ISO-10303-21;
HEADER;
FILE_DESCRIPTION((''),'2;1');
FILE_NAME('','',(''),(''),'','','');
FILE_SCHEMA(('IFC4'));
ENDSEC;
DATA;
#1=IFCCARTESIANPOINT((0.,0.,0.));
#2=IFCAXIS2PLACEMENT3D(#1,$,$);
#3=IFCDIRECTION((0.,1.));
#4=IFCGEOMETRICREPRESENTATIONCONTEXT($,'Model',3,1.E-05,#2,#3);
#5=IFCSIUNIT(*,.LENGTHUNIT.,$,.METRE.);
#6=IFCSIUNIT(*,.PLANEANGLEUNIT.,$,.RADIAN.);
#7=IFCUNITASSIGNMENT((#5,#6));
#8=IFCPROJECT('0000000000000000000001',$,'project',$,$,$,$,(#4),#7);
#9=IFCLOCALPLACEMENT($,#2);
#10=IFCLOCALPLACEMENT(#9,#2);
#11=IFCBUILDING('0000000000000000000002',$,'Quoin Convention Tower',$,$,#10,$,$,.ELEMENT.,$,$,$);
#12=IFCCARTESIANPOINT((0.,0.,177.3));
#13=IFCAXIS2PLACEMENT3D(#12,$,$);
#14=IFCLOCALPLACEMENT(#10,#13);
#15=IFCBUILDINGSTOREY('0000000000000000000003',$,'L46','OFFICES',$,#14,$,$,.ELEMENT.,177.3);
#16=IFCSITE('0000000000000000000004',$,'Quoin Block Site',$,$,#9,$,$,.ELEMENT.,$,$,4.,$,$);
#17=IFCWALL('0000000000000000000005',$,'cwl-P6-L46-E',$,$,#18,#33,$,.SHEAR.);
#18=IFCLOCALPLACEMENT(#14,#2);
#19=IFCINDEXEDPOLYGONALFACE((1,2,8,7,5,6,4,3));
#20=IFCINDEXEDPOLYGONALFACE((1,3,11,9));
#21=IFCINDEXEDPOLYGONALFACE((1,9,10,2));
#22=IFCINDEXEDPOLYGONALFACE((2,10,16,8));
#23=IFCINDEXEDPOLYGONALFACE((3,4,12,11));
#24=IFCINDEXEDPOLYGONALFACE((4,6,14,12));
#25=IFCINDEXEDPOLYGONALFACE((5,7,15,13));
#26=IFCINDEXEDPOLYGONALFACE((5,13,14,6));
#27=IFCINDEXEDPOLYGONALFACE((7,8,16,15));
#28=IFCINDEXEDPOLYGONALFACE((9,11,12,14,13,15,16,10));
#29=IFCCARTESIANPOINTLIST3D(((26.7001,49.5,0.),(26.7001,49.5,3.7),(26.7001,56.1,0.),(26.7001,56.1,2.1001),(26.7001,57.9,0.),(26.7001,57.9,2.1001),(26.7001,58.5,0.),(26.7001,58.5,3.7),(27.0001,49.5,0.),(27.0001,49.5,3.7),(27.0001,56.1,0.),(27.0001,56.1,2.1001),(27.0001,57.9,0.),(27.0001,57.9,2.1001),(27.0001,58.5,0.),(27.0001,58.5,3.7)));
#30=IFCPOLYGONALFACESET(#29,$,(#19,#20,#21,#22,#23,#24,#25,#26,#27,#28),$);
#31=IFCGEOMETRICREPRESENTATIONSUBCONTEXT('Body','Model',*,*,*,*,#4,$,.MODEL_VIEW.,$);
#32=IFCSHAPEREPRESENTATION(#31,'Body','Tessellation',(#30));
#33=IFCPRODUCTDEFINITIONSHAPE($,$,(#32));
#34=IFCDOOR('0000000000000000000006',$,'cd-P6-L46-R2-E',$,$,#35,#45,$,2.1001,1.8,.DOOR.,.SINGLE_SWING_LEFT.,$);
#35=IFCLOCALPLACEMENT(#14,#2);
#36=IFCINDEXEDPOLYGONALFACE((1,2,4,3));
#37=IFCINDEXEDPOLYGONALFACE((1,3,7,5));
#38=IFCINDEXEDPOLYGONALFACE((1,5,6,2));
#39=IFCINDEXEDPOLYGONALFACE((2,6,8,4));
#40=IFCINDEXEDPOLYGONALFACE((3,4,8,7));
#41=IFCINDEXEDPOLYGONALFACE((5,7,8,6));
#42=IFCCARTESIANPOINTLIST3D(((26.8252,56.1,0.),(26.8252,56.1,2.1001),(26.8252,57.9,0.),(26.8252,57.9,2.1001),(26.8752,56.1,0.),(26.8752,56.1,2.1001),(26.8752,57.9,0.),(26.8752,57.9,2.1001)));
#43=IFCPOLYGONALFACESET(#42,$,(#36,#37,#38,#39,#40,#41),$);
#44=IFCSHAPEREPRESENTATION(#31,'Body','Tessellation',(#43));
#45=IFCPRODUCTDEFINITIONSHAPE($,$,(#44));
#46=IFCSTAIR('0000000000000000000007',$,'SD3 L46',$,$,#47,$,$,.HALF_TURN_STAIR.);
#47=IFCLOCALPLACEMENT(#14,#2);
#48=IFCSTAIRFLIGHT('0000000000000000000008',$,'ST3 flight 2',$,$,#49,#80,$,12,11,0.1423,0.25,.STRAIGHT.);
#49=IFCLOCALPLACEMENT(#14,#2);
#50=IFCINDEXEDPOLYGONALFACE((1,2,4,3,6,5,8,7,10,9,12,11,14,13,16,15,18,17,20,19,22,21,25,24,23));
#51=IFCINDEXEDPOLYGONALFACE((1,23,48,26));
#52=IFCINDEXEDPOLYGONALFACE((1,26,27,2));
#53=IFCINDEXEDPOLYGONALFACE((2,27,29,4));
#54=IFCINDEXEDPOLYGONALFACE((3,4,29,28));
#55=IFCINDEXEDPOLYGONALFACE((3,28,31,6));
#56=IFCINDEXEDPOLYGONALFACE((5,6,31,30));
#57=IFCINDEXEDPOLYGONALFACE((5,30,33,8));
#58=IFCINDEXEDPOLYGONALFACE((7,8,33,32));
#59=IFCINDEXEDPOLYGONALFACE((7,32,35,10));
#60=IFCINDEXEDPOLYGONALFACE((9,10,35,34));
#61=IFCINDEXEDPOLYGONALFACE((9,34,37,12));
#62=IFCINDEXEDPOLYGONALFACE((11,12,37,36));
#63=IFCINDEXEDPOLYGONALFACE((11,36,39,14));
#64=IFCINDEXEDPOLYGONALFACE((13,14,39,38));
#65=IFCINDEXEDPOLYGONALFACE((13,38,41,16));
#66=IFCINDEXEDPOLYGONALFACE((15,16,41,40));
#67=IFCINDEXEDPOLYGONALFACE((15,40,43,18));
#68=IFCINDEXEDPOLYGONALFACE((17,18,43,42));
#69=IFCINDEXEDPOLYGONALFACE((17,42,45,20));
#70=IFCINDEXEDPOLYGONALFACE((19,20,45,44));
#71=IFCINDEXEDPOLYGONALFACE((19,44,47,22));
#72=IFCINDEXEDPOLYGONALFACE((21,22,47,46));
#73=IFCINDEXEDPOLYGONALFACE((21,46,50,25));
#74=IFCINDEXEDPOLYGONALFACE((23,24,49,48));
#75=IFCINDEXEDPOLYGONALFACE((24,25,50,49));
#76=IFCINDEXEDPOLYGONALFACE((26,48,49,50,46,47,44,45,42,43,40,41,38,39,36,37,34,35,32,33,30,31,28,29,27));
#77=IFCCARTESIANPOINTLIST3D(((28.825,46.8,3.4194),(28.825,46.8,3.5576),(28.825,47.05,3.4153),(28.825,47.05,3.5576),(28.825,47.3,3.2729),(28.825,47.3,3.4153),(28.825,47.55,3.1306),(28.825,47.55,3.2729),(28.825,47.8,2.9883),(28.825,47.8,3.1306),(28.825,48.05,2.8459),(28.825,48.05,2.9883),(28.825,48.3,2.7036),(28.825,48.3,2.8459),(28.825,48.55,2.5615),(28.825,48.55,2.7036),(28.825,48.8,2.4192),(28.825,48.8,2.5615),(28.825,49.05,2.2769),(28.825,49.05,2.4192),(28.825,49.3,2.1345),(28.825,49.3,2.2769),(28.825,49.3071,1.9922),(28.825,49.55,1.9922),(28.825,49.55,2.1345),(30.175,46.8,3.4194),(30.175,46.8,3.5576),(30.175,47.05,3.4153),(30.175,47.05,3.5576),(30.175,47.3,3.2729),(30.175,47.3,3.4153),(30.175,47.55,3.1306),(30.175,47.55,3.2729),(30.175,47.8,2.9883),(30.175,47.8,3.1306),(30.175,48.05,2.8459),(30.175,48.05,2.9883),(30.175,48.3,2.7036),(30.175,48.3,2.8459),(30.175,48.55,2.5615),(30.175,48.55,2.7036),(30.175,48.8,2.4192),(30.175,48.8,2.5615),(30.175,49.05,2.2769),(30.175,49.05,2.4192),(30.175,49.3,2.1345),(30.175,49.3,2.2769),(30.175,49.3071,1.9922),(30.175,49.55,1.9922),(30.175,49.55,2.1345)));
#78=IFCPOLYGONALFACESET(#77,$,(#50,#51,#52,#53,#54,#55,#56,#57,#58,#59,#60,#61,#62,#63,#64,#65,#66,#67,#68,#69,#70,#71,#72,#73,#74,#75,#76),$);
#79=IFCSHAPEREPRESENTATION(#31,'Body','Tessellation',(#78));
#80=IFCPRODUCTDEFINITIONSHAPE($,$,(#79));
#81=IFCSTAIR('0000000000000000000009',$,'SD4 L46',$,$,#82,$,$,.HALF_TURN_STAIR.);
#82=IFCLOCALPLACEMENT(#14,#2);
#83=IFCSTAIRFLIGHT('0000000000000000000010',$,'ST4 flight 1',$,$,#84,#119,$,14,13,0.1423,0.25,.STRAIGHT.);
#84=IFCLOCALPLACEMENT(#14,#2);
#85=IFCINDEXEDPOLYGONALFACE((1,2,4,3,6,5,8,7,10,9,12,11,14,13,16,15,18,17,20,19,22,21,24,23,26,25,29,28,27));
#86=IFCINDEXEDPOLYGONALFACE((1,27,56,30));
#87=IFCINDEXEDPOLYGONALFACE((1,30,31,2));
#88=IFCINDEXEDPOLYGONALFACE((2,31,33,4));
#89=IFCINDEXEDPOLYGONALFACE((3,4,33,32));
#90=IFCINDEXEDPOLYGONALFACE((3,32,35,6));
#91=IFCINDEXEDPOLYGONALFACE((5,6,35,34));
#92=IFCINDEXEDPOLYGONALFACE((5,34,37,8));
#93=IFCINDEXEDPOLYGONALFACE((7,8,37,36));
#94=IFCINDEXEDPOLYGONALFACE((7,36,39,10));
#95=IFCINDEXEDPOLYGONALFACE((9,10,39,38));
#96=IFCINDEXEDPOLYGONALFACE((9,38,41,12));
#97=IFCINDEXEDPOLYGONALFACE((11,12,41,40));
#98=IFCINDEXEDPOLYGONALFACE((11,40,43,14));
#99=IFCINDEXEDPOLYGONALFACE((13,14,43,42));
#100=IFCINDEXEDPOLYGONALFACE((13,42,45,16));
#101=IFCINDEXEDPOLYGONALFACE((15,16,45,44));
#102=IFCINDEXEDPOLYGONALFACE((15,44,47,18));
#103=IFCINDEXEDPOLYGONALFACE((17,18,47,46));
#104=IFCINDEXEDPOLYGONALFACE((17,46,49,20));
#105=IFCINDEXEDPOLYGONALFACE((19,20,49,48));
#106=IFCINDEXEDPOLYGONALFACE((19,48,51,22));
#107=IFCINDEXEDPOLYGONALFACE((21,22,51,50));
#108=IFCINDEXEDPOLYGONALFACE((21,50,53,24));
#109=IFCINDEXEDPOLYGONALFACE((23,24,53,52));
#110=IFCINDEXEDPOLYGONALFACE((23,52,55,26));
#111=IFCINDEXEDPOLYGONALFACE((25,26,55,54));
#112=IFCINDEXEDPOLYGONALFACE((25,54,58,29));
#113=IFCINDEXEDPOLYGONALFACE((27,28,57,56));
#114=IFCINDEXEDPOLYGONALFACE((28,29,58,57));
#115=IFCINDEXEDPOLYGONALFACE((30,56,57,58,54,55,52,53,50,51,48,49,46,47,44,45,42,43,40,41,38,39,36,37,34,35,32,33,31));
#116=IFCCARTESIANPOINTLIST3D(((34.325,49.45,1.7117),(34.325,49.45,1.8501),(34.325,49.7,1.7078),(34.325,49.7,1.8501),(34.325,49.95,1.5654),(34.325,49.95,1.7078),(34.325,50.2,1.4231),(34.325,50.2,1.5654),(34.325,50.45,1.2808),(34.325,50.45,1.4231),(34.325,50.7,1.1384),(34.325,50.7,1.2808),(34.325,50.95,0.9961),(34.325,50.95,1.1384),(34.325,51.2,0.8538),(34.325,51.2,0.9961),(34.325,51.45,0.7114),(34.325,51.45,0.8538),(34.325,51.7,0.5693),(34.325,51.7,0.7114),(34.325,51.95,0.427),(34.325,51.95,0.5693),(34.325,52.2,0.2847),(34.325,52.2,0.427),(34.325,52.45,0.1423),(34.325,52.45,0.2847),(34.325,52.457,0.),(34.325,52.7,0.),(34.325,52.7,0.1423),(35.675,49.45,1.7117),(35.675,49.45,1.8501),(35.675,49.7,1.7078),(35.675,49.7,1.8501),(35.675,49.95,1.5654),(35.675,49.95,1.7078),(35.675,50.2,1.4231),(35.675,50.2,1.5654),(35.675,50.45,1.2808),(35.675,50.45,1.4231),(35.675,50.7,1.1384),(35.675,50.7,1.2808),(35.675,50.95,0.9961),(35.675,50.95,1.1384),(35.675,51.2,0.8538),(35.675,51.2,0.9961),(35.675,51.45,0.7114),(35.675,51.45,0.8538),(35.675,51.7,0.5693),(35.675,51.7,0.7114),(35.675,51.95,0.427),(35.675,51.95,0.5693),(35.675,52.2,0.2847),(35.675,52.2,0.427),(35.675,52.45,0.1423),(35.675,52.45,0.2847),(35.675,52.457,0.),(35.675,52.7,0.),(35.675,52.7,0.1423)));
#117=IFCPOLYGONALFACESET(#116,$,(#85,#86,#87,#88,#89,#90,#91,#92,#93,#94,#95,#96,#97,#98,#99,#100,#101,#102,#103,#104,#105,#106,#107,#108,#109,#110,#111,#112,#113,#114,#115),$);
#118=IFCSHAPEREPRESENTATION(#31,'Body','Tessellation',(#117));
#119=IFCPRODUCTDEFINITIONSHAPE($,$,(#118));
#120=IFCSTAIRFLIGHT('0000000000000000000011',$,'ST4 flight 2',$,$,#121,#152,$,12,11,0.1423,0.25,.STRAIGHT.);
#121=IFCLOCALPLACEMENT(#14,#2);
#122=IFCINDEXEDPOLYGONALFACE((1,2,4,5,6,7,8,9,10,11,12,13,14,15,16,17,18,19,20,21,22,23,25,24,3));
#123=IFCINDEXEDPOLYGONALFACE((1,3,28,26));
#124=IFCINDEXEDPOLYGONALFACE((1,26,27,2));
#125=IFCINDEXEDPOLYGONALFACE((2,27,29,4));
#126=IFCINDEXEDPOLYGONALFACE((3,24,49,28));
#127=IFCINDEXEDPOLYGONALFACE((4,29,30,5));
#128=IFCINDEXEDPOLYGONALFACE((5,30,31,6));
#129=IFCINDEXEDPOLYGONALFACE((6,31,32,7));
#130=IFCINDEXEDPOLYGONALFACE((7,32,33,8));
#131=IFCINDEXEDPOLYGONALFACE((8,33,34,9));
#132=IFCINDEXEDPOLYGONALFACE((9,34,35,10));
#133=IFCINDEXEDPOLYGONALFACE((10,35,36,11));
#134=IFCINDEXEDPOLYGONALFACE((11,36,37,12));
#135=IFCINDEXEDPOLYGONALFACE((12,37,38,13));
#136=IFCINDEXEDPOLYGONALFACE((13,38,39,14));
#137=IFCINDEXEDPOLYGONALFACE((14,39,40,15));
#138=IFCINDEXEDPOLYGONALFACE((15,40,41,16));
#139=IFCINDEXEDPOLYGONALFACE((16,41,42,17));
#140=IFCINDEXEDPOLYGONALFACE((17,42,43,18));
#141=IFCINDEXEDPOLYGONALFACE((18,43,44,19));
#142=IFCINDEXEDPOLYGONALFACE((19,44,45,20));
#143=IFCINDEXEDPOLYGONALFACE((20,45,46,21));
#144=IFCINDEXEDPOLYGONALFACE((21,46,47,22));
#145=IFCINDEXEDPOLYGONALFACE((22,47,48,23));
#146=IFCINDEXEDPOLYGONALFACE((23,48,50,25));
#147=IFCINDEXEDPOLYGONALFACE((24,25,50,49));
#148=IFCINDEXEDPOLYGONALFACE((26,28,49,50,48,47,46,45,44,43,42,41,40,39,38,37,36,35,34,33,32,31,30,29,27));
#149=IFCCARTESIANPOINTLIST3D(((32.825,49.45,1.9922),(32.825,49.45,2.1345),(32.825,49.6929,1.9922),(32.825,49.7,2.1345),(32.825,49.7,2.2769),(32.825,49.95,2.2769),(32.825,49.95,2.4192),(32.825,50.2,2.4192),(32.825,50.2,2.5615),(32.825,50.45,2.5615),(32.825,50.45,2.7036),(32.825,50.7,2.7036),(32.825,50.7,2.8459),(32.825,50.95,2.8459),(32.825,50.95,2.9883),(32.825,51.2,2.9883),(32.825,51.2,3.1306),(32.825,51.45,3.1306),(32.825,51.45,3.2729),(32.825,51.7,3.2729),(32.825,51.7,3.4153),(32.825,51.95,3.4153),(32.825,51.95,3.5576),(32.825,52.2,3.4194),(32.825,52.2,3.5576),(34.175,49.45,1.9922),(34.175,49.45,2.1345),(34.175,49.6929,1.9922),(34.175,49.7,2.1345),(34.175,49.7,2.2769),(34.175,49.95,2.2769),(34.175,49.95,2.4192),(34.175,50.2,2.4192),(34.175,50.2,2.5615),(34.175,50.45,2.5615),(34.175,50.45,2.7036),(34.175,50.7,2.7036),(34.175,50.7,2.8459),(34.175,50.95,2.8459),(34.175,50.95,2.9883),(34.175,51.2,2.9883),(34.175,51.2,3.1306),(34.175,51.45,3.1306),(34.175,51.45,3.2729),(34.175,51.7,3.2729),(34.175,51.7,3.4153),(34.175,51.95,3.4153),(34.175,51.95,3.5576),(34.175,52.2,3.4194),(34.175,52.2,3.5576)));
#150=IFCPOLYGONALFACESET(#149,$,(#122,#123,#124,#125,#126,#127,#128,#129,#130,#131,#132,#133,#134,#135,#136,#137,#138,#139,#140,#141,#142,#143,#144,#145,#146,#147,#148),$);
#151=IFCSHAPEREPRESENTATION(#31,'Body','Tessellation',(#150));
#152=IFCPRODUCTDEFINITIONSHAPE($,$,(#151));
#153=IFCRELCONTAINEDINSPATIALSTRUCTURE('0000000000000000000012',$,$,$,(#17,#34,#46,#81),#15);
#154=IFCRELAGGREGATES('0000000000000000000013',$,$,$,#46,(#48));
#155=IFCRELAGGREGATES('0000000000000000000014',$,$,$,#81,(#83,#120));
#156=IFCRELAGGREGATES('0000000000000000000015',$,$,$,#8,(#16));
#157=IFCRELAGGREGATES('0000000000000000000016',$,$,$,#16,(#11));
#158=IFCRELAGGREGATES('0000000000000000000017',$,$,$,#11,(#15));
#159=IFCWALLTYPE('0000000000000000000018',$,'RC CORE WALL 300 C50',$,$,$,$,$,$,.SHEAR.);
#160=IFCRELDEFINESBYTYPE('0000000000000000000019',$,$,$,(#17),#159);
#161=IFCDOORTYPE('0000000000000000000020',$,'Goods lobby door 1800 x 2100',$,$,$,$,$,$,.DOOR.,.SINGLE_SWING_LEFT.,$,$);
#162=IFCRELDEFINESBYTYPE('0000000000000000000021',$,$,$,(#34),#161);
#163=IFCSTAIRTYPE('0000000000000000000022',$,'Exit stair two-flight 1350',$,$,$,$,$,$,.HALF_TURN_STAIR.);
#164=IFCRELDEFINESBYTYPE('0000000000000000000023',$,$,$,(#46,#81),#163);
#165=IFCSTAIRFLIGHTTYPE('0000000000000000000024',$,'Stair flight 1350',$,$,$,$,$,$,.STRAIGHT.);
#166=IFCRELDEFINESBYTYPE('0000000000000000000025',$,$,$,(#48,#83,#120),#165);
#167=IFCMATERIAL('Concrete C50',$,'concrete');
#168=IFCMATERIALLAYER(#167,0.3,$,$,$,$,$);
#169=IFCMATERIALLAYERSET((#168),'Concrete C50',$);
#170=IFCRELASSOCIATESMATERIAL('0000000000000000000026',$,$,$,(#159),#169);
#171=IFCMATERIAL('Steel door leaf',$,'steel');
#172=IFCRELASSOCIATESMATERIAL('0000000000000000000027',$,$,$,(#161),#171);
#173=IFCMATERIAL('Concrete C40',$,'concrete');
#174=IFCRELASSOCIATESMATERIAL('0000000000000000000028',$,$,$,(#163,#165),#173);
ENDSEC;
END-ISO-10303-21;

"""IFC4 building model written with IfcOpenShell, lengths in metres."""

from ifc_helpers import new_model, si_unit, direction, frame, frame_2d, origin, place, context, subcontext, project, spatial, polyline, rectangle, outline, extrude, material, layer, layer_set, type_object, element, fill, aggregate, save


model = new_model("IFC4")

# Units and contexts
model_context = context("Model", 3, precision=1e-05, world=origin(), true_north=direction((0.0, 1.0)))
body_context = subcontext(model_context, "Body", "Model", "MODEL_VIEW")
ifc_project = project(units=[si_unit("LENGTHUNIT", "METRE"), si_unit("PLANEANGLEUNIT", "RADIAN")], contexts=[model_context])

# Site, building, storey
site_placement = place(None, origin())
site = spatial("IfcSite", under=ifc_project, at=site_placement, Name="Quoin Block Site", CompositionType="ELEMENT", RefElevation=4.0)
building_placement = place(site_placement, origin())
building = spatial("IfcBuilding", under=site, at=building_placement, Name="Quoin Convention Tower", CompositionType="ELEMENT")
storey_placement = place(building_placement, frame((0.0, 0.0, 177.3)))
storey = spatial("IfcBuildingStorey", under=building, at=storey_placement, Name="L46", Description="OFFICES", CompositionType="ELEMENT", Elevation=177.3)

# Shared definitions
ifc_material_1 = material(Name="Concrete C50", Category="concrete")

# Wall, opening, door
ifc_layer_1 = layer(ifc_material_1, 0.3)
ifc_layer_set_1 = layer_set([ifc_layer_1], Name="Concrete C50")
wall_type_1 = type_object("IfcWallType", Name="RC CORE WALL 300 C50", PredefinedType="SHEAR", material=ifc_layer_set_1)
ifc_material_2 = material(Name="Steel door leaf", Category="steel")
wall_1_placement = place(storey_placement, frame((26.8501, 49.5, 0.0), z_axis=(0.0, 0.0, 1.0), x_axis=(0.0, 1.0, 0.0)))
wall_1 = element("IfcWall", 1, at=wall_1_placement, inside=storey, type_object=wall_type_1, Name="cwl-P6-L46-E", PredefinedType="SHEAR", context=body_context, shape_type="SweptSolid", body=[
    extrude(rectangle(XDim=9.0, YDim=0.3, at=frame_2d((4.5, 0.0))), origin(), (0.0, 0.0, 1.0), 3.7),
])
opening_1_placement = place(wall_1_placement, frame((6.6001, 0.0, 0.0)))
opening_1 = element("IfcOpeningElement", 2, at=opening_1_placement, cuts=wall_1, PredefinedType="OPENING", context=body_context, shape_type="SweptSolid", body=[
    extrude(rectangle(XDim=1.8, YDim=2.1001, at=frame_2d((0.8999, 1.05))), frame((0.0, 0.1599, 0.0), z_axis=(0.0, -1.0, 0.0), x_axis=(1.0, 0.0, 0.0)), (0.0, 0.0, 1.0), 0.3201),
])
door_type_1 = type_object("IfcDoorType", Name="Goods lobby door 1800 x 2100", OperationType="SINGLE_SWING_LEFT", PredefinedType="DOOR", material=ifc_material_2)
door_1_placement = place(opening_1_placement, origin())
door_1 = element("IfcDoor", 3, at=door_1_placement, inside=storey, type_object=door_type_1, Name="cd-P6-L46-R2-E", OperationType="SINGLE_SWING_LEFT", OverallHeight=2.1001, OverallWidth=1.8, PredefinedType="DOOR", context=body_context, shape_type="SweptSolid", body=[
    extrude(rectangle(XDim=1.8, YDim=2.1001, at=frame_2d((0.8999, 1.05))), frame((0.0, 0.0249, 0.0), z_axis=(0.0, -1.0, 0.0), x_axis=(1.0, 0.0, 0.0)), (0.0, 0.0, 1.0), 0.05),
])
fill(opening_1, door_1)

# Stair, stair flight
ifc_material_3 = material(Name="Concrete C40", Category="concrete")
stair_type_1 = type_object("IfcStairType", Name="Exit stair two-flight 1350", PredefinedType="HALF_TURN_STAIR", material=ifc_material_3)
stair_1_placement = place(storey_placement, origin())
stair_1 = element("IfcStair", 4, at=stair_1_placement, inside=storey, type_object=stair_type_1, Name="SD3 L46", PredefinedType="HALF_TURN_STAIR")
stair_flight_type_1 = type_object("IfcStairFlightType", Name="Stair flight 1350", PredefinedType="STRAIGHT", material=ifc_material_3)
stair_flight_1_placement = place(storey_placement, frame((29.5, 49.55, 1.9922), z_axis=(0.0, 0.0, 1.0), x_axis=(0.0, -1.0, 0.0)))
stair_flight_1 = element("IfcStairFlight", 5, at=stair_flight_1_placement, type_object=stair_flight_type_1, Name="ST3 flight 2", NumberOfRisers=12, NumberOfTreads=11, PredefinedType="STRAIGHT", RiserHeight=0.1423, TreadLength=0.25, context=body_context, shape_type="SweptSolid", body=[
    extrude(outline(polyline([(0.0, 0.0), (0.0, 0.1423), (0.25, 0.1423), (0.25, 0.2847), (0.5, 0.2847), (0.5, 0.427), (0.75, 0.427), (0.75, 0.5693), (1.0, 0.5693), (1.0, 0.7114), (1.25, 0.7114), (1.25, 0.8538), (1.5, 0.8538), (1.5, 0.9961), (1.75, 0.9961), (1.75, 1.1384), (2.0, 1.1384), (2.0, 1.2808), (2.25, 1.2808), (2.25, 1.4231), (2.5, 1.4231), (2.5, 1.5654), (2.75, 1.5654), (2.75, 1.7078), (2.75, 1.4272), (0.2429, 0.0), (0.0, 0.0)])), frame((0.0, 0.675, 0.0), z_axis=(0.0, -1.0, 0.0), x_axis=(1.0, 0.0, 0.0)), (0.0, 0.0, 1.0), 1.3501),
])
aggregate(stair_1, [stair_flight_1])

# Stair, stair flights
stair_2_placement = place(storey_placement, origin())
stair_2 = element("IfcStair", 6, at=stair_2_placement, inside=storey, type_object=stair_type_1, Name="SD4 L46", PredefinedType="HALF_TURN_STAIR")
stair_flight_2_placement = place(storey_placement, frame((35.0, 52.7, 0.0), z_axis=(0.0, 0.0, 1.0), x_axis=(0.0, -1.0, 0.0)))
stair_flight_2 = element("IfcStairFlight", 7, at=stair_flight_2_placement, type_object=stair_flight_type_1, Name="ST4 flight 1", NumberOfRisers=14, NumberOfTreads=13, PredefinedType="STRAIGHT", RiserHeight=0.1423, TreadLength=0.25, context=body_context, shape_type="SweptSolid", body=[
    extrude(outline(polyline([(0.0, 0.0), (0.0, 0.1423), (0.25, 0.1423), (0.25, 0.2847), (0.5, 0.2847), (0.5, 0.427), (0.75, 0.427), (0.75, 0.5693), (1.0, 0.5693), (1.0, 0.7114), (1.25, 0.7114), (1.25, 0.8538), (1.5, 0.8538), (1.5, 0.9961), (1.75, 0.9961), (1.75, 1.1384), (2.0, 1.1384), (2.0, 1.2808), (2.25, 1.2808), (2.25, 1.4231), (2.5, 1.4231), (2.5, 1.5654), (2.75, 1.5654), (2.75, 1.7078), (3.0, 1.7078), (3.0, 1.8501), (3.25, 1.8501), (3.25, 1.9922), (3.25, 1.7117), (0.2429, 0.0), (0.0, 0.0)])), frame((0.0, 0.675, 0.0), z_axis=(0.0, -1.0, 0.0), x_axis=(1.0, 0.0, 0.0)), (0.0, 0.0, 1.0), 1.3501),
])
stair_flight_3_placement = place(storey_placement, frame((33.5, 49.45, 1.9922), z_axis=(0.0, 0.0, 1.0), x_axis=(0.0, 1.0, 0.0)))
stair_flight_3 = element("IfcStairFlight", 8, at=stair_flight_3_placement, type_object=stair_flight_type_1, Name="ST4 flight 2", NumberOfRisers=12, NumberOfTreads=11, PredefinedType="STRAIGHT", RiserHeight=0.1423, TreadLength=0.25, context=body_context, shape_type="SweptSolid", body=[
    extrude(outline(polyline([(0.0, 0.0), (0.0, 0.1423), (0.25, 0.1423), (0.25, 0.2847), (0.5, 0.2847), (0.5, 0.427), (0.75, 0.427), (0.75, 0.5693), (1.0, 0.5693), (1.0, 0.7114), (1.25, 0.7114), (1.25, 0.8538), (1.5, 0.8538), (1.5, 0.9961), (1.75, 0.9961), (1.75, 1.1384), (2.0, 1.1384), (2.0, 1.2808), (2.25, 1.2808), (2.25, 1.4231), (2.5, 1.4231), (2.5, 1.5654), (2.75, 1.5654), (2.75, 1.7078), (2.75, 1.4272), (0.2429, 0.0), (0.0, 0.0)])), frame((0.0, 0.675, 0.0), z_axis=(0.0, -1.0, 0.0), x_axis=(1.0, 0.0, 0.0)), (0.0, 0.0, 1.0), 1.3501),
])
aggregate(stair_2, [stair_flight_2, stair_flight_3])

save(model, "model.ifc")
